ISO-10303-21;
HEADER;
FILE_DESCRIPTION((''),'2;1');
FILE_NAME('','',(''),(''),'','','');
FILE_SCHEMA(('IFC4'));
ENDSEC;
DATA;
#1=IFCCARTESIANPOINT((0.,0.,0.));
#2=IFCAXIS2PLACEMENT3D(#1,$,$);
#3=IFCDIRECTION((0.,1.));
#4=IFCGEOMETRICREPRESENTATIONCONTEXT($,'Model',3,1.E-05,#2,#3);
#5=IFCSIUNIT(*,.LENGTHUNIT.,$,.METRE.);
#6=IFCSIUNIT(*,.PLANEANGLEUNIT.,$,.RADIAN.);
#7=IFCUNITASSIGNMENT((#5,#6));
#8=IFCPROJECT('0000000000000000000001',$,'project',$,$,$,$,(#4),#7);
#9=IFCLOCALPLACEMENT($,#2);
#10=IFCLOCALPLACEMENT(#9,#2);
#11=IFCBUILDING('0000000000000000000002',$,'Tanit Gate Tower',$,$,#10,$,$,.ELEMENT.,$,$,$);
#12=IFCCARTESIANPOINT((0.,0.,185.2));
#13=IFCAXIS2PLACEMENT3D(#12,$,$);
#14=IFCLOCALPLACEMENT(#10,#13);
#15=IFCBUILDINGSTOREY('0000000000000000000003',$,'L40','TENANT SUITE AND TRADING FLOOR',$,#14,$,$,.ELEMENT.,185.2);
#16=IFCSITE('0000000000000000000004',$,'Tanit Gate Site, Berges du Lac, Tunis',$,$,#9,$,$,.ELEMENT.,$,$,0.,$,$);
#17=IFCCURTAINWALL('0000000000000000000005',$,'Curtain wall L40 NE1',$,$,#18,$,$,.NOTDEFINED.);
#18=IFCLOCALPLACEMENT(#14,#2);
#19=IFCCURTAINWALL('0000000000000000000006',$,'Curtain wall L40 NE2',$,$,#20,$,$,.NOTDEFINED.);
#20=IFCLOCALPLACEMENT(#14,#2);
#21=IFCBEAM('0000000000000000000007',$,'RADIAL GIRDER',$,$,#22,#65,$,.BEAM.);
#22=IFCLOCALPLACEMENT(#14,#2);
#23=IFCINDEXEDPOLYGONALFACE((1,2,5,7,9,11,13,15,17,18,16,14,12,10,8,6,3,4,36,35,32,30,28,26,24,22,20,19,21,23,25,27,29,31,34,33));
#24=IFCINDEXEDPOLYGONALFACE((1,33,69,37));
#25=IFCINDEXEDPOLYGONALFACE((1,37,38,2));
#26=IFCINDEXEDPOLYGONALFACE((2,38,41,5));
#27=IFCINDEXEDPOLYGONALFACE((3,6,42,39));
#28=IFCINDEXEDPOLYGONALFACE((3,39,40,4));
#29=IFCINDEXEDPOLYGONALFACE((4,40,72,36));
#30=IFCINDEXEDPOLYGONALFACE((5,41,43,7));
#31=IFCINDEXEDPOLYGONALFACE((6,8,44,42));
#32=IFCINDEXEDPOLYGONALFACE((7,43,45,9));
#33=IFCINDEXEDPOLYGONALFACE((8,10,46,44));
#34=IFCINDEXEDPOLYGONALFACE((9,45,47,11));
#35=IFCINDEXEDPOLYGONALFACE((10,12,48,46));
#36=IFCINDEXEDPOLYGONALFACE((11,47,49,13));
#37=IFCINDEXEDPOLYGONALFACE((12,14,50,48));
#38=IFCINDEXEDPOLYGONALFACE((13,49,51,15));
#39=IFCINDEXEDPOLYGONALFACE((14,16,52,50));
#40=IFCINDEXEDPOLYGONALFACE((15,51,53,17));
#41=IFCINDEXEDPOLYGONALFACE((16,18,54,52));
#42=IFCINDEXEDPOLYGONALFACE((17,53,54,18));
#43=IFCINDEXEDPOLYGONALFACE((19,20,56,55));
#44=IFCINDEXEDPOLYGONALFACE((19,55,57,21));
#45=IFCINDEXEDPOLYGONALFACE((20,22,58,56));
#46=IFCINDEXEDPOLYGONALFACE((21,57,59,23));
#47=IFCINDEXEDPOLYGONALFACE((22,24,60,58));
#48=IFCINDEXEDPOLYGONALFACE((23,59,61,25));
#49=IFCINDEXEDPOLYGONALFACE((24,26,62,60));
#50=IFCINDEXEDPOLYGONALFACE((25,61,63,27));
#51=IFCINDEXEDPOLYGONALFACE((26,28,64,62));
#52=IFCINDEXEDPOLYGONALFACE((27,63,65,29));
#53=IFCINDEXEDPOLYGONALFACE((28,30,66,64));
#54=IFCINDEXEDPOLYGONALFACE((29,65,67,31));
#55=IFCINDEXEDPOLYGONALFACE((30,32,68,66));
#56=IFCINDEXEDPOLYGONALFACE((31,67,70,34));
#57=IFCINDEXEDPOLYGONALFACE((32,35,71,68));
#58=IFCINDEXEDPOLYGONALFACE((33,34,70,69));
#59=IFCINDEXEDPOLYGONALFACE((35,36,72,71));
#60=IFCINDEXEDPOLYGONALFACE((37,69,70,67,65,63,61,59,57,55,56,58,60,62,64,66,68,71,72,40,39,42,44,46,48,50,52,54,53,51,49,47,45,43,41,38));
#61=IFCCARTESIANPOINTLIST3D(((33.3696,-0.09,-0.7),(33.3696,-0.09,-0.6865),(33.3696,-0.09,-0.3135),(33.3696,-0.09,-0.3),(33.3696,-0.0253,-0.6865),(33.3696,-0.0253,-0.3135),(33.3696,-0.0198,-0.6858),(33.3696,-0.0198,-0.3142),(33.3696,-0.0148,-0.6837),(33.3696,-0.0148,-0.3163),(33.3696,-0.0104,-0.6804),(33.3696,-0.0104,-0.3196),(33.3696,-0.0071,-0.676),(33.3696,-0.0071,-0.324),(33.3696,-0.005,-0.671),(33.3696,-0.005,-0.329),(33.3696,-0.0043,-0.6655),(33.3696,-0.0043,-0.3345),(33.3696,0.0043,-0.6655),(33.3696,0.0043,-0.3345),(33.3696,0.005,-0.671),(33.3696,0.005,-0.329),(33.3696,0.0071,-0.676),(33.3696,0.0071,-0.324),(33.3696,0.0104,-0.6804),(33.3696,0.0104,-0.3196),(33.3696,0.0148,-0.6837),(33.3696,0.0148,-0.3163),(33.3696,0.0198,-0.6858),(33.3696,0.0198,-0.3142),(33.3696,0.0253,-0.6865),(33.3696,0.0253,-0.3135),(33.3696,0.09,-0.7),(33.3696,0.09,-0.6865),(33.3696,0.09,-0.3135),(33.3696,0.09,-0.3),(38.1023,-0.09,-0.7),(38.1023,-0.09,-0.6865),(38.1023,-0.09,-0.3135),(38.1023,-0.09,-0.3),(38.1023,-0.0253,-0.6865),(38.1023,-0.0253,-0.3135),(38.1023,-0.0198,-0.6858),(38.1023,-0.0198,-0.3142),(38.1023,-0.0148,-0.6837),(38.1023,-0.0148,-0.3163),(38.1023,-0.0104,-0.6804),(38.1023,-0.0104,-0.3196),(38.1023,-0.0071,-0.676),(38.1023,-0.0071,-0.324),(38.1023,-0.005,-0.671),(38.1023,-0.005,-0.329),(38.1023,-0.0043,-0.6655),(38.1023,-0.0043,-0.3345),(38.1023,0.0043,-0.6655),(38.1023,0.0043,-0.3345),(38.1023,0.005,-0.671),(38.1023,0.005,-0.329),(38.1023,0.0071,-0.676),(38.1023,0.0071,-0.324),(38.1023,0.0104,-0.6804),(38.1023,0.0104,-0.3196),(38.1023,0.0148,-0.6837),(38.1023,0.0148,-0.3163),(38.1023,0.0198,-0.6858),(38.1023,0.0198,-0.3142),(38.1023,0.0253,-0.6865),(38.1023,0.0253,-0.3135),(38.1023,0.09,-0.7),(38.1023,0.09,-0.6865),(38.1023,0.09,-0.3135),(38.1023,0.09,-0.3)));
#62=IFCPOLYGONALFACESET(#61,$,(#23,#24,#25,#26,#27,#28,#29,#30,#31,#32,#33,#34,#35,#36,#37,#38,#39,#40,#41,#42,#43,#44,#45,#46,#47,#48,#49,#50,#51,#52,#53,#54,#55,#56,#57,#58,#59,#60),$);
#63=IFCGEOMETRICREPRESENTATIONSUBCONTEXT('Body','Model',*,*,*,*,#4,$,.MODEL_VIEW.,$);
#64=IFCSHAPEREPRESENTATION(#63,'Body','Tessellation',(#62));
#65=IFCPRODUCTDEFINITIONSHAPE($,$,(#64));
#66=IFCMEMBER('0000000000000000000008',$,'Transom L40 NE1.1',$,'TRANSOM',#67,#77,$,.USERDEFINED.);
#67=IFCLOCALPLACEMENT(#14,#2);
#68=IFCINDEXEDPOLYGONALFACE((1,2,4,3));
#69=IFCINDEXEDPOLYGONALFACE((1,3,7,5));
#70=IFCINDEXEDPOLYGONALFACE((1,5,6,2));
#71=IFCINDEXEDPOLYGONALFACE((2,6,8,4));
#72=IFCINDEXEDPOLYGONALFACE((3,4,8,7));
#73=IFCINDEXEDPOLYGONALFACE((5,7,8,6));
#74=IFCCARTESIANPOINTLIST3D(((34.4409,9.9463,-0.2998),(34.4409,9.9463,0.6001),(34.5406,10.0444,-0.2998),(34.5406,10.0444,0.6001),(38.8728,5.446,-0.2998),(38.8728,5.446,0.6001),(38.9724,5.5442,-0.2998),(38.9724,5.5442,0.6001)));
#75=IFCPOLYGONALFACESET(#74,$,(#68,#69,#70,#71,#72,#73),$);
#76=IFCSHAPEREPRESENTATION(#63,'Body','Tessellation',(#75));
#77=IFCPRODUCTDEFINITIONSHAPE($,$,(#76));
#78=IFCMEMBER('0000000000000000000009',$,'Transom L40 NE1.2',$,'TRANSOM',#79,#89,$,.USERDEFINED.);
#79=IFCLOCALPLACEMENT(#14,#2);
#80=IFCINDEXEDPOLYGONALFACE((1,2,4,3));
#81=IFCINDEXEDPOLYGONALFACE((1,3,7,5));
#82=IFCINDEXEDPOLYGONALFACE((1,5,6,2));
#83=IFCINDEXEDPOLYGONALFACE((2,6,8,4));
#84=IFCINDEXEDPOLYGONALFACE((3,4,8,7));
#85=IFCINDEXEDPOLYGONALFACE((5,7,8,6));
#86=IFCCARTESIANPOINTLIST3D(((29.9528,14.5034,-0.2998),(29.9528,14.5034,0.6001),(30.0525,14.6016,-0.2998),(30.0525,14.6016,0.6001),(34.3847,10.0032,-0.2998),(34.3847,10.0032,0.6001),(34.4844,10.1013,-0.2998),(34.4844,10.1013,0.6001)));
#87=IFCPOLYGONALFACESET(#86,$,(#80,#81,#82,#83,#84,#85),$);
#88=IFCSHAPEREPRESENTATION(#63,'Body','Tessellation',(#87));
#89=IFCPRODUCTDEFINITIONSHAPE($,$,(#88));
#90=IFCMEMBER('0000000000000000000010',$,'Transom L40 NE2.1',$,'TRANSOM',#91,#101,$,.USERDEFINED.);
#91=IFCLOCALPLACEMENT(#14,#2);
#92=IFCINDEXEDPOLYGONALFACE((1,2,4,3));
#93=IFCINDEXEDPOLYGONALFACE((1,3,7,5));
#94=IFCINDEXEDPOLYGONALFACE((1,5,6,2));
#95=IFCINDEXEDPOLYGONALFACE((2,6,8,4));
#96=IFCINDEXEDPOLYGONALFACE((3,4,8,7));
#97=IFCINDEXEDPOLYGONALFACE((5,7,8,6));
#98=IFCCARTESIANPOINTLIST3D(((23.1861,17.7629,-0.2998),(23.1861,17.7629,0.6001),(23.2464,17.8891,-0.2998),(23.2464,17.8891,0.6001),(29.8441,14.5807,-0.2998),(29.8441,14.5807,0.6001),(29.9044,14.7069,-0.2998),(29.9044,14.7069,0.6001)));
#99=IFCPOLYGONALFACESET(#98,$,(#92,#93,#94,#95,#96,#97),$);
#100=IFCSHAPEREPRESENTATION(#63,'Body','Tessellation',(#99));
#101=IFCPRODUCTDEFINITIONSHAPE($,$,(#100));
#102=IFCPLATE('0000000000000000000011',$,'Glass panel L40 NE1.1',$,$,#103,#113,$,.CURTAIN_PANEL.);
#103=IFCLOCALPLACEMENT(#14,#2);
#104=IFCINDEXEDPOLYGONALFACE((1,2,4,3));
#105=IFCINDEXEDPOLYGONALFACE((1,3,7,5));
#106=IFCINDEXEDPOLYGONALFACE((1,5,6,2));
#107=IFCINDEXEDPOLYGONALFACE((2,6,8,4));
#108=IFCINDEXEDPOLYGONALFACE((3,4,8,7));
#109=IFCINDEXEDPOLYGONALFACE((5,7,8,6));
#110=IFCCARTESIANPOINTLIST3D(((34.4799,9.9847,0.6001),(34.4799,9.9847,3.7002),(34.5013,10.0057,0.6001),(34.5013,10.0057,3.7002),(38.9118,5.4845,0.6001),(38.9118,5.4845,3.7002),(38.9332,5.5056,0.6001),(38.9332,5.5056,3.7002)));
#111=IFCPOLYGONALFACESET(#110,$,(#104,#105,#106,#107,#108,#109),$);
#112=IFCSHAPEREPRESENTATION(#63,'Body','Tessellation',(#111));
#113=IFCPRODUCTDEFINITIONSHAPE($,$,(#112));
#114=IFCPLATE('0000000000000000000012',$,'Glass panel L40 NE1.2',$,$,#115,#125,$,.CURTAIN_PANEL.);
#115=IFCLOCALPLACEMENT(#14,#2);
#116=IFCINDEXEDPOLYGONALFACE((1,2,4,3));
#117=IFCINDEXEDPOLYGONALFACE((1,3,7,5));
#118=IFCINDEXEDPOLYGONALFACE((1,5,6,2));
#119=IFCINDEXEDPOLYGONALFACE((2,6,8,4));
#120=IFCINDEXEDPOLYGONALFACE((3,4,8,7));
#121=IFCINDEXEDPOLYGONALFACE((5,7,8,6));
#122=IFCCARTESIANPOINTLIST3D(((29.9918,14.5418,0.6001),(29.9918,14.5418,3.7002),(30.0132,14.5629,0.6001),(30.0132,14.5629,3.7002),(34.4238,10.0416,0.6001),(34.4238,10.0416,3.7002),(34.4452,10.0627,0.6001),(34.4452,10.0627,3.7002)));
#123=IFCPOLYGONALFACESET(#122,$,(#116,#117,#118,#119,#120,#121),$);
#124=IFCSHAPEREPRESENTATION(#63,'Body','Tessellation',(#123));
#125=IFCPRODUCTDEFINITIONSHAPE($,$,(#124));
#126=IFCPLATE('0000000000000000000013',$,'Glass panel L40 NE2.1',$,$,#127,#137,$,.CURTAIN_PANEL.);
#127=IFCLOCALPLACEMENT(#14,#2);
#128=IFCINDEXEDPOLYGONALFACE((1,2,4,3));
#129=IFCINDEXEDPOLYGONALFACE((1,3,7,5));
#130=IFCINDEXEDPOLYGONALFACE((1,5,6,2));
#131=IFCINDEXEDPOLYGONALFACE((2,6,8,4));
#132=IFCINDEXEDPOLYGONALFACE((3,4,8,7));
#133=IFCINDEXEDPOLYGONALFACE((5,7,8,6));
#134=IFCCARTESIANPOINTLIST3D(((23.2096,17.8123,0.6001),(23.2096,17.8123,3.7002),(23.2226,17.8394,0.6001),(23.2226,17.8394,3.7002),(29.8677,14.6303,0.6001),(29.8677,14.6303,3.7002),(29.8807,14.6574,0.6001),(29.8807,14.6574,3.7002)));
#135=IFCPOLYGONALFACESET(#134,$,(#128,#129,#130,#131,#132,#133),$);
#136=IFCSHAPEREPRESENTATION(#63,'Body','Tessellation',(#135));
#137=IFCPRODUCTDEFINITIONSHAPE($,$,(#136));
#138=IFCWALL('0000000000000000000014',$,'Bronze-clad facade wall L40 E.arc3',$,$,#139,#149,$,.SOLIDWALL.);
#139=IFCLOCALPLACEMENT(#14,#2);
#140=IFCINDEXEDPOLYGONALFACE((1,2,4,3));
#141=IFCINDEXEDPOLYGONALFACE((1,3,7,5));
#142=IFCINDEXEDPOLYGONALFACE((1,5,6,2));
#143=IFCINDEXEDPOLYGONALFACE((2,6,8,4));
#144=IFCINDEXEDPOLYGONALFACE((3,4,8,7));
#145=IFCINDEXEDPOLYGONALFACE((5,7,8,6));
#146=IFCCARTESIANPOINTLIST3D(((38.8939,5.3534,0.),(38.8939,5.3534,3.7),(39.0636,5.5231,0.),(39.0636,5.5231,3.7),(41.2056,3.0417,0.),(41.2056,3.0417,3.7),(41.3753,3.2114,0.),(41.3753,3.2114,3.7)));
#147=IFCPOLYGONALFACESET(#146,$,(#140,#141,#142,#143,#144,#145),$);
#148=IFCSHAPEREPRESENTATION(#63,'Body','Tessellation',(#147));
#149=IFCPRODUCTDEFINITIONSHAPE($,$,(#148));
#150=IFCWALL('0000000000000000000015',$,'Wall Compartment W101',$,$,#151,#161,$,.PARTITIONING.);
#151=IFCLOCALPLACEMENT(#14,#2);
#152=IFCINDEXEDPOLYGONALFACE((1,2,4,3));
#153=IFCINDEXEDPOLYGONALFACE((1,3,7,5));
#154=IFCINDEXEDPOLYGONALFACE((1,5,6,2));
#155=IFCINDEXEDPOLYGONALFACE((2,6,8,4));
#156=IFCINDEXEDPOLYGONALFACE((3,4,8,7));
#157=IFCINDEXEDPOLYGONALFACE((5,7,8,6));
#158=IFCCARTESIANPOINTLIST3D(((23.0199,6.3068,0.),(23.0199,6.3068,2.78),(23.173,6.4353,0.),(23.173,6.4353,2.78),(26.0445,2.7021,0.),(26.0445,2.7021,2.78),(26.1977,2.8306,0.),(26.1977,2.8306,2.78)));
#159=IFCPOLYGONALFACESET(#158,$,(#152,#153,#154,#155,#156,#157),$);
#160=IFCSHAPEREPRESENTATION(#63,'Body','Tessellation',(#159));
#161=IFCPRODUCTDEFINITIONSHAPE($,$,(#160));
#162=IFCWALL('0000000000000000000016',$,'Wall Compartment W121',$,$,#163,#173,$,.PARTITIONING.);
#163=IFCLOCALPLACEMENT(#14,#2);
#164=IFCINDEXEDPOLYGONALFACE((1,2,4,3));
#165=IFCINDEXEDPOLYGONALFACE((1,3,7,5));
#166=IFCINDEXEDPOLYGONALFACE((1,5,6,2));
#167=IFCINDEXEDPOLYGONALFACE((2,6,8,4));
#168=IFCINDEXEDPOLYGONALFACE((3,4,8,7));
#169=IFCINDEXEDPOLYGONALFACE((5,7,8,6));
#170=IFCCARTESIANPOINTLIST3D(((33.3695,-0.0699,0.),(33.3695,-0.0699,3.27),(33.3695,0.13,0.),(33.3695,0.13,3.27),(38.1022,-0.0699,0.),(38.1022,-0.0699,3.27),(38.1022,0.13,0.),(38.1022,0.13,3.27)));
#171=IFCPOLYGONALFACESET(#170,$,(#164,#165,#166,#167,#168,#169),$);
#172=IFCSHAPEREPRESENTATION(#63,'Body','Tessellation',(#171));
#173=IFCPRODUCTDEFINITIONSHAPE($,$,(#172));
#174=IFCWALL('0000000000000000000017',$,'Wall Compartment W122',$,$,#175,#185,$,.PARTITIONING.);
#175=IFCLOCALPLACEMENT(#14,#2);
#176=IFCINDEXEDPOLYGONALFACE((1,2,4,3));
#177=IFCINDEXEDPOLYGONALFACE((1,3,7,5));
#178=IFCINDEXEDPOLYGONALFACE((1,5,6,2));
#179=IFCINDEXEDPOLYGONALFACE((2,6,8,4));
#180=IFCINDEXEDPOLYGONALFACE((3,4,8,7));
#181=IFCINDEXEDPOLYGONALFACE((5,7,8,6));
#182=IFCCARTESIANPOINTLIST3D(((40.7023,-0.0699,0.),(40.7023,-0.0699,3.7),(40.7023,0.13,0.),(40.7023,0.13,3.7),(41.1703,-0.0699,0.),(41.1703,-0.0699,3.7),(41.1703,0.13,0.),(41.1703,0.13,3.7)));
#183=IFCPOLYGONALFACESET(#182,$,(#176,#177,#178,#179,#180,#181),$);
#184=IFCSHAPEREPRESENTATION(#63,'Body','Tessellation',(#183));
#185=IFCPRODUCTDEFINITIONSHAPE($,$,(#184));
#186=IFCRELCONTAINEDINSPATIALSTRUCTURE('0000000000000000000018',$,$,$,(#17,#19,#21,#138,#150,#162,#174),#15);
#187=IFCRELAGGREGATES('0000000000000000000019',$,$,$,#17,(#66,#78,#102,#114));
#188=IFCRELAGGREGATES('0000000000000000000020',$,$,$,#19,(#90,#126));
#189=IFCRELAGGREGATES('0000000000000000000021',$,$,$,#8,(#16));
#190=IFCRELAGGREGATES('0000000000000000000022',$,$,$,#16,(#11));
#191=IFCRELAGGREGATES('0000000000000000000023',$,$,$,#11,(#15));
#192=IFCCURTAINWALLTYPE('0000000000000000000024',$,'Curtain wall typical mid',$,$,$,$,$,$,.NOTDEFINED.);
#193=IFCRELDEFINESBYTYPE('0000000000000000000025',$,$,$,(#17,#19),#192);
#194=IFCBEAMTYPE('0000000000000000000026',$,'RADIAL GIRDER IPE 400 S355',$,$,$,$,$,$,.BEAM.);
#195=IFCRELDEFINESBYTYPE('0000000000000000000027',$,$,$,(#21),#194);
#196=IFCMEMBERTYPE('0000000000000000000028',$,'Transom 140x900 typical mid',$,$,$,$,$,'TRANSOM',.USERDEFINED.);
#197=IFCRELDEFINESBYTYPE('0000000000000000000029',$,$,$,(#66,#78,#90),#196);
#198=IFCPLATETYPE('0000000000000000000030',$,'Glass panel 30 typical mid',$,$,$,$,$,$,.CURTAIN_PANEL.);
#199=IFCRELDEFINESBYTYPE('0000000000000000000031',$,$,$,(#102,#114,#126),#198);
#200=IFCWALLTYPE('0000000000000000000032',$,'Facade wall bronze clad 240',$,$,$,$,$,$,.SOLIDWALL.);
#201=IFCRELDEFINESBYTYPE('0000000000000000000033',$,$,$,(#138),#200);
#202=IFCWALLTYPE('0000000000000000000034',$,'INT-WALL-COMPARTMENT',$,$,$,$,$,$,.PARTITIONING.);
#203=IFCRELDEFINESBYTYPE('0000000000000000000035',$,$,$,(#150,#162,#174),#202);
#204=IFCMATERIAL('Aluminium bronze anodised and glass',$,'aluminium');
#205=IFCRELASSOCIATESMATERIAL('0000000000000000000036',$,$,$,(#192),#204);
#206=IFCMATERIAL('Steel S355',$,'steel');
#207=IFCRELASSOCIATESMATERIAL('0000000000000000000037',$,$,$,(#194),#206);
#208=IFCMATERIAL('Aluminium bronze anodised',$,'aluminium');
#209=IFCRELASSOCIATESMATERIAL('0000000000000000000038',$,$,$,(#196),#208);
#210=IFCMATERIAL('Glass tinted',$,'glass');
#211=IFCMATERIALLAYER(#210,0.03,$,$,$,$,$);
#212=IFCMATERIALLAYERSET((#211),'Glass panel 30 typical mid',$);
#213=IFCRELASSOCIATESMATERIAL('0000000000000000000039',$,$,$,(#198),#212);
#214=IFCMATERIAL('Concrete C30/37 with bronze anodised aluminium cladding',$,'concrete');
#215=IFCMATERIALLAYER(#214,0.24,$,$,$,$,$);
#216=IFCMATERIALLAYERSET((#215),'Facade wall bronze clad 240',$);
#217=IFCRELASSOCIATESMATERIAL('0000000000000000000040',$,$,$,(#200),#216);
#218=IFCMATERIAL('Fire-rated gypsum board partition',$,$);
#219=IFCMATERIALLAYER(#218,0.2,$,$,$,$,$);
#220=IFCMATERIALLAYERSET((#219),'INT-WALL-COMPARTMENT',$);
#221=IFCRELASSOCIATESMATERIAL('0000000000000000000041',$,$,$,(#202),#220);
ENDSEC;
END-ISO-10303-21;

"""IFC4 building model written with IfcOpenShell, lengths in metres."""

from ifc_helpers import new_model, si_unit, direction, frame, frame_2d, origin, origin_2d, place, context, subcontext, project, spatial, rectangle, i_section, extrude, material, layer, layer_set, material_profile, profile_set, type_object, element, aggregate, save


model = new_model("IFC4")

# Units and contexts
model_context = context("Model", 3, precision=1e-05, world=origin(), true_north=direction((0.0, 1.0)))
body_context = subcontext(model_context, "Body", "Model", "MODEL_VIEW")
ifc_project = project(units=[si_unit("LENGTHUNIT", "METRE"), si_unit("PLANEANGLEUNIT", "RADIAN")], contexts=[model_context])

# Site, building, storey
site_placement = place(None, origin())
site = spatial("IfcSite", under=ifc_project, at=site_placement, Name="Tanit Gate Site, Berges du Lac, Tunis", CompositionType="ELEMENT", RefElevation=0.0)
building_placement = place(site_placement, origin())
building = spatial("IfcBuilding", under=site, at=building_placement, Name="Tanit Gate Tower", CompositionType="ELEMENT")
storey_placement = place(building_placement, frame((0.0, 0.0, 185.2)))
storey = spatial("IfcBuildingStorey", under=building, at=storey_placement, Name="L40", Description="TENANT SUITE AND TRADING FLOOR", CompositionType="ELEMENT", Elevation=185.2)

# Curtain walls
ifc_material_1 = material(Name="Aluminium bronze anodised and glass", Category="aluminium")
curtain_wall_type = type_object("IfcCurtainWallType", Name="Curtain wall typical mid", PredefinedType="NOTDEFINED", material=ifc_material_1)
curtain_wall_1_placement = place(storey_placement, origin())
curtain_wall_1 = element("IfcCurtainWall", 1, at=curtain_wall_1_placement, inside=storey, type_object=curtain_wall_type, Name="Curtain wall L40 NE1", PredefinedType="NOTDEFINED")
curtain_wall_2_placement = place(storey_placement, origin())
curtain_wall_2 = element("IfcCurtainWall", 2, at=curtain_wall_2_placement, inside=storey, type_object=curtain_wall_type, Name="Curtain wall L40 NE2", PredefinedType="NOTDEFINED")

# Beam
ifc_material_2 = material(Name="Steel S355", Category="steel")
ifc_material_profile_1 = material_profile(ifc_material_2, i_section(OverallWidth=0.1799, OverallDepth=0.3999, WebThickness=0.0085, FlangeThickness=0.0134, FilletRadius=0.021, at=origin_2d()), Name="IPE 400")
ifc_profile_set_1 = profile_set([ifc_material_profile_1], Name="Steel S355")
beam_type_1 = type_object("IfcBeamType", Name="RADIAL GIRDER IPE 400 S355", PredefinedType="BEAM", material=ifc_profile_set_1)
beam_1_placement = place(storey_placement, frame((38.1023, 0.0, -0.5), z_axis=(-1.0, 0.0, 0.0), x_axis=(0.0, -1.0, 0.0)))
element("IfcBeam", 3, at=beam_1_placement, inside=storey, type_object=beam_type_1, Name="RADIAL GIRDER", PredefinedType="BEAM", context=body_context, shape_type="SweptSolid", body=[
    extrude(i_section(OverallWidth=0.1799, OverallDepth=0.3999, WebThickness=0.0085, FlangeThickness=0.0134, FilletRadius=0.021, at=origin_2d()), origin(), (0.0, 0.0, 1.0), 4.7327),
])

# Members
ifc_material_3 = material(Name="Aluminium bronze anodised", Category="aluminium")
ifc_material_profile_2 = material_profile(ifc_material_3, rectangle(XDim=0.1399, YDim=0.8999, at=origin_2d()), Name="140x900 bronze transom")
ifc_profile_set_2 = profile_set([ifc_material_profile_2], Name="Aluminium bronze anodised")
member_type_1 = type_object("IfcMemberType", Name="Transom 140x900 typical mid", ElementType="TRANSOM", PredefinedType="USERDEFINED", material=ifc_profile_set_2)
member_1_placement = place(storey_placement, frame((38.9226, 5.4951, 0.1501), z_axis=(-0.701675, 0.712498, 0.0), x_axis=(-0.712498, -0.701675, 0.0)))
member_1 = element("IfcMember", 4, at=member_1_placement, type_object=member_type_1, Name="Transom L40 NE1.1", ObjectType="TRANSOM", PredefinedType="USERDEFINED", context=body_context, shape_type="SweptSolid", body=[
    extrude(rectangle(XDim=0.1399, YDim=0.8999, at=origin_2d()), origin(), (0.0, 0.0, 1.0), 6.3162),
])
member_2_placement = place(storey_placement, frame((34.4346, 10.0522, 0.1501), z_axis=(-0.701675, 0.712498, 0.0), x_axis=(-0.712498, -0.701675, 0.0)))
member_2 = element("IfcMember", 5, at=member_2_placement, type_object=member_type_1, Name="Transom L40 NE1.2", ObjectType="TRANSOM", PredefinedType="USERDEFINED", context=body_context, shape_type="SweptSolid", body=[
    extrude(rectangle(XDim=0.1399, YDim=0.8999, at=origin_2d()), origin(), (0.0, 0.0, 1.0), 6.3162),
])
member_3_placement = place(storey_placement, frame((29.8743, 14.6438, 0.1501), z_axis=(-0.902246, 0.431223, 0.0), x_axis=(-0.431223, -0.902246, 0.0)))
member_3 = element("IfcMember", 6, at=member_3_placement, type_object=member_type_1, Name="Transom L40 NE2.1", ObjectType="TRANSOM", PredefinedType="USERDEFINED", context=body_context, shape_type="SweptSolid", body=[
    extrude(rectangle(XDim=0.1399, YDim=0.8999, at=origin_2d()), origin(), (0.0, 0.0, 1.0), 7.3794),
])

# Plates
ifc_material_4 = material(Name="Glass tinted", Category="glass")
ifc_layer_1 = layer(ifc_material_4, 0.03)
ifc_layer_set_1 = layer_set([ifc_layer_1], Name="Glass panel 30 typical mid")
plate_type = type_object("IfcPlateType", Name="Glass panel 30 typical mid", PredefinedType="CURTAIN_PANEL", material=ifc_layer_set_1)
plate_1_placement = place(storey_placement, frame((36.7065, 7.7451, 0.6001), z_axis=(0.0, 0.0, 1.0), x_axis=(-0.701684, 0.712489, 0.0)))
plate_1 = element("IfcPlate", 7, at=plate_1_placement, type_object=plate_type, Name="Glass panel L40 NE1.1", PredefinedType="CURTAIN_PANEL", context=body_context, shape_type="SweptSolid", body=[
    extrude(rectangle(XDim=6.3162, YDim=0.03, at=origin_2d()), origin(), (0.0, 0.0, 1.0), 3.1001),
])
plate_2_placement = place(storey_placement, frame((32.2185, 12.3022, 0.6001), z_axis=(0.0, 0.0, 1.0), x_axis=(-0.701684, 0.712489, 0.0)))
plate_2 = element("IfcPlate", 8, at=plate_2_placement, type_object=plate_type, Name="Glass panel L40 NE1.2", PredefinedType="CURTAIN_PANEL", context=body_context, shape_type="SweptSolid", body=[
    extrude(rectangle(XDim=6.3162, YDim=0.03, at=origin_2d()), origin(), (0.0, 0.0, 1.0), 3.1001),
])
aggregate(curtain_wall_1, [member_1, member_2, plate_1, plate_2])
plate_3_placement = place(storey_placement, frame((26.5452, 16.2349, 0.6001), z_axis=(0.0, 0.0, 1.0), x_axis=(-0.902258, 0.431197, 0.0)))
plate_3 = element("IfcPlate", 9, at=plate_3_placement, type_object=plate_type, Name="Glass panel L40 NE2.1", PredefinedType="CURTAIN_PANEL", context=body_context, shape_type="SweptSolid", body=[
    extrude(rectangle(XDim=7.3794, YDim=0.03, at=origin_2d()), origin(), (0.0, 0.0, 1.0), 3.1001),
])
aggregate(curtain_wall_2, [member_3, plate_3])

# Walls
ifc_material_5 = material(Name="Concrete C30/37 with bronze anodised aluminium cladding", Category="concrete")
ifc_layer_2 = layer(ifc_material_5, 0.24)
ifc_layer_set_2 = layer_set([ifc_layer_2], Name="Facade wall bronze clad 240")
wall_type_1 = type_object("IfcWallType", Name="Facade wall bronze clad 240", PredefinedType="SOLIDWALL", material=ifc_layer_set_2)
wall_1_placement = place(storey_placement, frame((41.2905, 3.1265, 0.0), z_axis=(0.0, 0.0, 1.0), x_axis=(-0.707107, 0.707107, 0.0)))
element("IfcWall", 10, at=wall_1_placement, inside=storey, type_object=wall_type_1, Name="Bronze-clad facade wall L40 E.arc3", PredefinedType="SOLIDWALL", context=body_context, shape_type="SweptSolid", body=[
    extrude(rectangle(XDim=3.2693, YDim=0.24, at=frame_2d((1.6348, 0.0))), origin(), (0.0, 0.0, 1.0), 3.7),
])
ifc_material_6 = material(Name="Fire-rated gypsum board partition")
ifc_layer_3 = layer(ifc_material_6, 0.2)
ifc_layer_set_3 = layer_set([ifc_layer_3], Name="INT-WALL-COMPARTMENT")
wall_type_2 = type_object("IfcWallType", Name="INT-WALL-COMPARTMENT", PredefinedType="PARTITIONING", material=ifc_layer_set_3)
wall_2_placement = place(storey_placement, frame((26.1211, 2.7664, 0.0), z_axis=(0.0, 0.0, 1.0), x_axis=(-0.642778, 0.766052, 0.0)))
element("IfcWall", 11, at=wall_2_placement, inside=storey, type_object=wall_type_2, Name="Wall Compartment W101", PredefinedType="PARTITIONING", context=body_context, shape_type="SweptSolid", body=[
    extrude(rectangle(XDim=4.7056, YDim=0.2, at=frame_2d((2.3528, 0.0))), origin(), (0.0, 0.0, 1.0), 2.78),
])
wall_3_placement = place(storey_placement, frame((33.3696, 0.03, 0.0), z_axis=(0.0, 0.0, 1.0), x_axis=(1.0, 0.0, 0.0)))
element("IfcWall", 12, at=wall_3_placement, inside=storey, type_object=wall_type_2, Name="Wall Compartment W121", PredefinedType="PARTITIONING", context=body_context, shape_type="SweptSolid", body=[
    extrude(rectangle(XDim=4.7327, YDim=0.2, at=frame_2d((2.3662, 0.0))), origin(), (0.0, 0.0, 1.0), 3.27),
])
wall_4_placement = place(storey_placement, frame((40.7024, 0.03, 0.0), z_axis=(0.0, 0.0, 1.0), x_axis=(1.0, 0.0, 0.0)))
element("IfcWall", 13, at=wall_4_placement, inside=storey, type_object=wall_type_2, Name="Wall Compartment W122", PredefinedType="PARTITIONING", context=body_context, shape_type="SweptSolid", body=[
    extrude(rectangle(XDim=0.468, YDim=0.2, at=frame_2d((0.2339, 0.0))), origin(), (0.0, 0.0, 1.0), 3.7),
])

save(model, "model.ifc")
